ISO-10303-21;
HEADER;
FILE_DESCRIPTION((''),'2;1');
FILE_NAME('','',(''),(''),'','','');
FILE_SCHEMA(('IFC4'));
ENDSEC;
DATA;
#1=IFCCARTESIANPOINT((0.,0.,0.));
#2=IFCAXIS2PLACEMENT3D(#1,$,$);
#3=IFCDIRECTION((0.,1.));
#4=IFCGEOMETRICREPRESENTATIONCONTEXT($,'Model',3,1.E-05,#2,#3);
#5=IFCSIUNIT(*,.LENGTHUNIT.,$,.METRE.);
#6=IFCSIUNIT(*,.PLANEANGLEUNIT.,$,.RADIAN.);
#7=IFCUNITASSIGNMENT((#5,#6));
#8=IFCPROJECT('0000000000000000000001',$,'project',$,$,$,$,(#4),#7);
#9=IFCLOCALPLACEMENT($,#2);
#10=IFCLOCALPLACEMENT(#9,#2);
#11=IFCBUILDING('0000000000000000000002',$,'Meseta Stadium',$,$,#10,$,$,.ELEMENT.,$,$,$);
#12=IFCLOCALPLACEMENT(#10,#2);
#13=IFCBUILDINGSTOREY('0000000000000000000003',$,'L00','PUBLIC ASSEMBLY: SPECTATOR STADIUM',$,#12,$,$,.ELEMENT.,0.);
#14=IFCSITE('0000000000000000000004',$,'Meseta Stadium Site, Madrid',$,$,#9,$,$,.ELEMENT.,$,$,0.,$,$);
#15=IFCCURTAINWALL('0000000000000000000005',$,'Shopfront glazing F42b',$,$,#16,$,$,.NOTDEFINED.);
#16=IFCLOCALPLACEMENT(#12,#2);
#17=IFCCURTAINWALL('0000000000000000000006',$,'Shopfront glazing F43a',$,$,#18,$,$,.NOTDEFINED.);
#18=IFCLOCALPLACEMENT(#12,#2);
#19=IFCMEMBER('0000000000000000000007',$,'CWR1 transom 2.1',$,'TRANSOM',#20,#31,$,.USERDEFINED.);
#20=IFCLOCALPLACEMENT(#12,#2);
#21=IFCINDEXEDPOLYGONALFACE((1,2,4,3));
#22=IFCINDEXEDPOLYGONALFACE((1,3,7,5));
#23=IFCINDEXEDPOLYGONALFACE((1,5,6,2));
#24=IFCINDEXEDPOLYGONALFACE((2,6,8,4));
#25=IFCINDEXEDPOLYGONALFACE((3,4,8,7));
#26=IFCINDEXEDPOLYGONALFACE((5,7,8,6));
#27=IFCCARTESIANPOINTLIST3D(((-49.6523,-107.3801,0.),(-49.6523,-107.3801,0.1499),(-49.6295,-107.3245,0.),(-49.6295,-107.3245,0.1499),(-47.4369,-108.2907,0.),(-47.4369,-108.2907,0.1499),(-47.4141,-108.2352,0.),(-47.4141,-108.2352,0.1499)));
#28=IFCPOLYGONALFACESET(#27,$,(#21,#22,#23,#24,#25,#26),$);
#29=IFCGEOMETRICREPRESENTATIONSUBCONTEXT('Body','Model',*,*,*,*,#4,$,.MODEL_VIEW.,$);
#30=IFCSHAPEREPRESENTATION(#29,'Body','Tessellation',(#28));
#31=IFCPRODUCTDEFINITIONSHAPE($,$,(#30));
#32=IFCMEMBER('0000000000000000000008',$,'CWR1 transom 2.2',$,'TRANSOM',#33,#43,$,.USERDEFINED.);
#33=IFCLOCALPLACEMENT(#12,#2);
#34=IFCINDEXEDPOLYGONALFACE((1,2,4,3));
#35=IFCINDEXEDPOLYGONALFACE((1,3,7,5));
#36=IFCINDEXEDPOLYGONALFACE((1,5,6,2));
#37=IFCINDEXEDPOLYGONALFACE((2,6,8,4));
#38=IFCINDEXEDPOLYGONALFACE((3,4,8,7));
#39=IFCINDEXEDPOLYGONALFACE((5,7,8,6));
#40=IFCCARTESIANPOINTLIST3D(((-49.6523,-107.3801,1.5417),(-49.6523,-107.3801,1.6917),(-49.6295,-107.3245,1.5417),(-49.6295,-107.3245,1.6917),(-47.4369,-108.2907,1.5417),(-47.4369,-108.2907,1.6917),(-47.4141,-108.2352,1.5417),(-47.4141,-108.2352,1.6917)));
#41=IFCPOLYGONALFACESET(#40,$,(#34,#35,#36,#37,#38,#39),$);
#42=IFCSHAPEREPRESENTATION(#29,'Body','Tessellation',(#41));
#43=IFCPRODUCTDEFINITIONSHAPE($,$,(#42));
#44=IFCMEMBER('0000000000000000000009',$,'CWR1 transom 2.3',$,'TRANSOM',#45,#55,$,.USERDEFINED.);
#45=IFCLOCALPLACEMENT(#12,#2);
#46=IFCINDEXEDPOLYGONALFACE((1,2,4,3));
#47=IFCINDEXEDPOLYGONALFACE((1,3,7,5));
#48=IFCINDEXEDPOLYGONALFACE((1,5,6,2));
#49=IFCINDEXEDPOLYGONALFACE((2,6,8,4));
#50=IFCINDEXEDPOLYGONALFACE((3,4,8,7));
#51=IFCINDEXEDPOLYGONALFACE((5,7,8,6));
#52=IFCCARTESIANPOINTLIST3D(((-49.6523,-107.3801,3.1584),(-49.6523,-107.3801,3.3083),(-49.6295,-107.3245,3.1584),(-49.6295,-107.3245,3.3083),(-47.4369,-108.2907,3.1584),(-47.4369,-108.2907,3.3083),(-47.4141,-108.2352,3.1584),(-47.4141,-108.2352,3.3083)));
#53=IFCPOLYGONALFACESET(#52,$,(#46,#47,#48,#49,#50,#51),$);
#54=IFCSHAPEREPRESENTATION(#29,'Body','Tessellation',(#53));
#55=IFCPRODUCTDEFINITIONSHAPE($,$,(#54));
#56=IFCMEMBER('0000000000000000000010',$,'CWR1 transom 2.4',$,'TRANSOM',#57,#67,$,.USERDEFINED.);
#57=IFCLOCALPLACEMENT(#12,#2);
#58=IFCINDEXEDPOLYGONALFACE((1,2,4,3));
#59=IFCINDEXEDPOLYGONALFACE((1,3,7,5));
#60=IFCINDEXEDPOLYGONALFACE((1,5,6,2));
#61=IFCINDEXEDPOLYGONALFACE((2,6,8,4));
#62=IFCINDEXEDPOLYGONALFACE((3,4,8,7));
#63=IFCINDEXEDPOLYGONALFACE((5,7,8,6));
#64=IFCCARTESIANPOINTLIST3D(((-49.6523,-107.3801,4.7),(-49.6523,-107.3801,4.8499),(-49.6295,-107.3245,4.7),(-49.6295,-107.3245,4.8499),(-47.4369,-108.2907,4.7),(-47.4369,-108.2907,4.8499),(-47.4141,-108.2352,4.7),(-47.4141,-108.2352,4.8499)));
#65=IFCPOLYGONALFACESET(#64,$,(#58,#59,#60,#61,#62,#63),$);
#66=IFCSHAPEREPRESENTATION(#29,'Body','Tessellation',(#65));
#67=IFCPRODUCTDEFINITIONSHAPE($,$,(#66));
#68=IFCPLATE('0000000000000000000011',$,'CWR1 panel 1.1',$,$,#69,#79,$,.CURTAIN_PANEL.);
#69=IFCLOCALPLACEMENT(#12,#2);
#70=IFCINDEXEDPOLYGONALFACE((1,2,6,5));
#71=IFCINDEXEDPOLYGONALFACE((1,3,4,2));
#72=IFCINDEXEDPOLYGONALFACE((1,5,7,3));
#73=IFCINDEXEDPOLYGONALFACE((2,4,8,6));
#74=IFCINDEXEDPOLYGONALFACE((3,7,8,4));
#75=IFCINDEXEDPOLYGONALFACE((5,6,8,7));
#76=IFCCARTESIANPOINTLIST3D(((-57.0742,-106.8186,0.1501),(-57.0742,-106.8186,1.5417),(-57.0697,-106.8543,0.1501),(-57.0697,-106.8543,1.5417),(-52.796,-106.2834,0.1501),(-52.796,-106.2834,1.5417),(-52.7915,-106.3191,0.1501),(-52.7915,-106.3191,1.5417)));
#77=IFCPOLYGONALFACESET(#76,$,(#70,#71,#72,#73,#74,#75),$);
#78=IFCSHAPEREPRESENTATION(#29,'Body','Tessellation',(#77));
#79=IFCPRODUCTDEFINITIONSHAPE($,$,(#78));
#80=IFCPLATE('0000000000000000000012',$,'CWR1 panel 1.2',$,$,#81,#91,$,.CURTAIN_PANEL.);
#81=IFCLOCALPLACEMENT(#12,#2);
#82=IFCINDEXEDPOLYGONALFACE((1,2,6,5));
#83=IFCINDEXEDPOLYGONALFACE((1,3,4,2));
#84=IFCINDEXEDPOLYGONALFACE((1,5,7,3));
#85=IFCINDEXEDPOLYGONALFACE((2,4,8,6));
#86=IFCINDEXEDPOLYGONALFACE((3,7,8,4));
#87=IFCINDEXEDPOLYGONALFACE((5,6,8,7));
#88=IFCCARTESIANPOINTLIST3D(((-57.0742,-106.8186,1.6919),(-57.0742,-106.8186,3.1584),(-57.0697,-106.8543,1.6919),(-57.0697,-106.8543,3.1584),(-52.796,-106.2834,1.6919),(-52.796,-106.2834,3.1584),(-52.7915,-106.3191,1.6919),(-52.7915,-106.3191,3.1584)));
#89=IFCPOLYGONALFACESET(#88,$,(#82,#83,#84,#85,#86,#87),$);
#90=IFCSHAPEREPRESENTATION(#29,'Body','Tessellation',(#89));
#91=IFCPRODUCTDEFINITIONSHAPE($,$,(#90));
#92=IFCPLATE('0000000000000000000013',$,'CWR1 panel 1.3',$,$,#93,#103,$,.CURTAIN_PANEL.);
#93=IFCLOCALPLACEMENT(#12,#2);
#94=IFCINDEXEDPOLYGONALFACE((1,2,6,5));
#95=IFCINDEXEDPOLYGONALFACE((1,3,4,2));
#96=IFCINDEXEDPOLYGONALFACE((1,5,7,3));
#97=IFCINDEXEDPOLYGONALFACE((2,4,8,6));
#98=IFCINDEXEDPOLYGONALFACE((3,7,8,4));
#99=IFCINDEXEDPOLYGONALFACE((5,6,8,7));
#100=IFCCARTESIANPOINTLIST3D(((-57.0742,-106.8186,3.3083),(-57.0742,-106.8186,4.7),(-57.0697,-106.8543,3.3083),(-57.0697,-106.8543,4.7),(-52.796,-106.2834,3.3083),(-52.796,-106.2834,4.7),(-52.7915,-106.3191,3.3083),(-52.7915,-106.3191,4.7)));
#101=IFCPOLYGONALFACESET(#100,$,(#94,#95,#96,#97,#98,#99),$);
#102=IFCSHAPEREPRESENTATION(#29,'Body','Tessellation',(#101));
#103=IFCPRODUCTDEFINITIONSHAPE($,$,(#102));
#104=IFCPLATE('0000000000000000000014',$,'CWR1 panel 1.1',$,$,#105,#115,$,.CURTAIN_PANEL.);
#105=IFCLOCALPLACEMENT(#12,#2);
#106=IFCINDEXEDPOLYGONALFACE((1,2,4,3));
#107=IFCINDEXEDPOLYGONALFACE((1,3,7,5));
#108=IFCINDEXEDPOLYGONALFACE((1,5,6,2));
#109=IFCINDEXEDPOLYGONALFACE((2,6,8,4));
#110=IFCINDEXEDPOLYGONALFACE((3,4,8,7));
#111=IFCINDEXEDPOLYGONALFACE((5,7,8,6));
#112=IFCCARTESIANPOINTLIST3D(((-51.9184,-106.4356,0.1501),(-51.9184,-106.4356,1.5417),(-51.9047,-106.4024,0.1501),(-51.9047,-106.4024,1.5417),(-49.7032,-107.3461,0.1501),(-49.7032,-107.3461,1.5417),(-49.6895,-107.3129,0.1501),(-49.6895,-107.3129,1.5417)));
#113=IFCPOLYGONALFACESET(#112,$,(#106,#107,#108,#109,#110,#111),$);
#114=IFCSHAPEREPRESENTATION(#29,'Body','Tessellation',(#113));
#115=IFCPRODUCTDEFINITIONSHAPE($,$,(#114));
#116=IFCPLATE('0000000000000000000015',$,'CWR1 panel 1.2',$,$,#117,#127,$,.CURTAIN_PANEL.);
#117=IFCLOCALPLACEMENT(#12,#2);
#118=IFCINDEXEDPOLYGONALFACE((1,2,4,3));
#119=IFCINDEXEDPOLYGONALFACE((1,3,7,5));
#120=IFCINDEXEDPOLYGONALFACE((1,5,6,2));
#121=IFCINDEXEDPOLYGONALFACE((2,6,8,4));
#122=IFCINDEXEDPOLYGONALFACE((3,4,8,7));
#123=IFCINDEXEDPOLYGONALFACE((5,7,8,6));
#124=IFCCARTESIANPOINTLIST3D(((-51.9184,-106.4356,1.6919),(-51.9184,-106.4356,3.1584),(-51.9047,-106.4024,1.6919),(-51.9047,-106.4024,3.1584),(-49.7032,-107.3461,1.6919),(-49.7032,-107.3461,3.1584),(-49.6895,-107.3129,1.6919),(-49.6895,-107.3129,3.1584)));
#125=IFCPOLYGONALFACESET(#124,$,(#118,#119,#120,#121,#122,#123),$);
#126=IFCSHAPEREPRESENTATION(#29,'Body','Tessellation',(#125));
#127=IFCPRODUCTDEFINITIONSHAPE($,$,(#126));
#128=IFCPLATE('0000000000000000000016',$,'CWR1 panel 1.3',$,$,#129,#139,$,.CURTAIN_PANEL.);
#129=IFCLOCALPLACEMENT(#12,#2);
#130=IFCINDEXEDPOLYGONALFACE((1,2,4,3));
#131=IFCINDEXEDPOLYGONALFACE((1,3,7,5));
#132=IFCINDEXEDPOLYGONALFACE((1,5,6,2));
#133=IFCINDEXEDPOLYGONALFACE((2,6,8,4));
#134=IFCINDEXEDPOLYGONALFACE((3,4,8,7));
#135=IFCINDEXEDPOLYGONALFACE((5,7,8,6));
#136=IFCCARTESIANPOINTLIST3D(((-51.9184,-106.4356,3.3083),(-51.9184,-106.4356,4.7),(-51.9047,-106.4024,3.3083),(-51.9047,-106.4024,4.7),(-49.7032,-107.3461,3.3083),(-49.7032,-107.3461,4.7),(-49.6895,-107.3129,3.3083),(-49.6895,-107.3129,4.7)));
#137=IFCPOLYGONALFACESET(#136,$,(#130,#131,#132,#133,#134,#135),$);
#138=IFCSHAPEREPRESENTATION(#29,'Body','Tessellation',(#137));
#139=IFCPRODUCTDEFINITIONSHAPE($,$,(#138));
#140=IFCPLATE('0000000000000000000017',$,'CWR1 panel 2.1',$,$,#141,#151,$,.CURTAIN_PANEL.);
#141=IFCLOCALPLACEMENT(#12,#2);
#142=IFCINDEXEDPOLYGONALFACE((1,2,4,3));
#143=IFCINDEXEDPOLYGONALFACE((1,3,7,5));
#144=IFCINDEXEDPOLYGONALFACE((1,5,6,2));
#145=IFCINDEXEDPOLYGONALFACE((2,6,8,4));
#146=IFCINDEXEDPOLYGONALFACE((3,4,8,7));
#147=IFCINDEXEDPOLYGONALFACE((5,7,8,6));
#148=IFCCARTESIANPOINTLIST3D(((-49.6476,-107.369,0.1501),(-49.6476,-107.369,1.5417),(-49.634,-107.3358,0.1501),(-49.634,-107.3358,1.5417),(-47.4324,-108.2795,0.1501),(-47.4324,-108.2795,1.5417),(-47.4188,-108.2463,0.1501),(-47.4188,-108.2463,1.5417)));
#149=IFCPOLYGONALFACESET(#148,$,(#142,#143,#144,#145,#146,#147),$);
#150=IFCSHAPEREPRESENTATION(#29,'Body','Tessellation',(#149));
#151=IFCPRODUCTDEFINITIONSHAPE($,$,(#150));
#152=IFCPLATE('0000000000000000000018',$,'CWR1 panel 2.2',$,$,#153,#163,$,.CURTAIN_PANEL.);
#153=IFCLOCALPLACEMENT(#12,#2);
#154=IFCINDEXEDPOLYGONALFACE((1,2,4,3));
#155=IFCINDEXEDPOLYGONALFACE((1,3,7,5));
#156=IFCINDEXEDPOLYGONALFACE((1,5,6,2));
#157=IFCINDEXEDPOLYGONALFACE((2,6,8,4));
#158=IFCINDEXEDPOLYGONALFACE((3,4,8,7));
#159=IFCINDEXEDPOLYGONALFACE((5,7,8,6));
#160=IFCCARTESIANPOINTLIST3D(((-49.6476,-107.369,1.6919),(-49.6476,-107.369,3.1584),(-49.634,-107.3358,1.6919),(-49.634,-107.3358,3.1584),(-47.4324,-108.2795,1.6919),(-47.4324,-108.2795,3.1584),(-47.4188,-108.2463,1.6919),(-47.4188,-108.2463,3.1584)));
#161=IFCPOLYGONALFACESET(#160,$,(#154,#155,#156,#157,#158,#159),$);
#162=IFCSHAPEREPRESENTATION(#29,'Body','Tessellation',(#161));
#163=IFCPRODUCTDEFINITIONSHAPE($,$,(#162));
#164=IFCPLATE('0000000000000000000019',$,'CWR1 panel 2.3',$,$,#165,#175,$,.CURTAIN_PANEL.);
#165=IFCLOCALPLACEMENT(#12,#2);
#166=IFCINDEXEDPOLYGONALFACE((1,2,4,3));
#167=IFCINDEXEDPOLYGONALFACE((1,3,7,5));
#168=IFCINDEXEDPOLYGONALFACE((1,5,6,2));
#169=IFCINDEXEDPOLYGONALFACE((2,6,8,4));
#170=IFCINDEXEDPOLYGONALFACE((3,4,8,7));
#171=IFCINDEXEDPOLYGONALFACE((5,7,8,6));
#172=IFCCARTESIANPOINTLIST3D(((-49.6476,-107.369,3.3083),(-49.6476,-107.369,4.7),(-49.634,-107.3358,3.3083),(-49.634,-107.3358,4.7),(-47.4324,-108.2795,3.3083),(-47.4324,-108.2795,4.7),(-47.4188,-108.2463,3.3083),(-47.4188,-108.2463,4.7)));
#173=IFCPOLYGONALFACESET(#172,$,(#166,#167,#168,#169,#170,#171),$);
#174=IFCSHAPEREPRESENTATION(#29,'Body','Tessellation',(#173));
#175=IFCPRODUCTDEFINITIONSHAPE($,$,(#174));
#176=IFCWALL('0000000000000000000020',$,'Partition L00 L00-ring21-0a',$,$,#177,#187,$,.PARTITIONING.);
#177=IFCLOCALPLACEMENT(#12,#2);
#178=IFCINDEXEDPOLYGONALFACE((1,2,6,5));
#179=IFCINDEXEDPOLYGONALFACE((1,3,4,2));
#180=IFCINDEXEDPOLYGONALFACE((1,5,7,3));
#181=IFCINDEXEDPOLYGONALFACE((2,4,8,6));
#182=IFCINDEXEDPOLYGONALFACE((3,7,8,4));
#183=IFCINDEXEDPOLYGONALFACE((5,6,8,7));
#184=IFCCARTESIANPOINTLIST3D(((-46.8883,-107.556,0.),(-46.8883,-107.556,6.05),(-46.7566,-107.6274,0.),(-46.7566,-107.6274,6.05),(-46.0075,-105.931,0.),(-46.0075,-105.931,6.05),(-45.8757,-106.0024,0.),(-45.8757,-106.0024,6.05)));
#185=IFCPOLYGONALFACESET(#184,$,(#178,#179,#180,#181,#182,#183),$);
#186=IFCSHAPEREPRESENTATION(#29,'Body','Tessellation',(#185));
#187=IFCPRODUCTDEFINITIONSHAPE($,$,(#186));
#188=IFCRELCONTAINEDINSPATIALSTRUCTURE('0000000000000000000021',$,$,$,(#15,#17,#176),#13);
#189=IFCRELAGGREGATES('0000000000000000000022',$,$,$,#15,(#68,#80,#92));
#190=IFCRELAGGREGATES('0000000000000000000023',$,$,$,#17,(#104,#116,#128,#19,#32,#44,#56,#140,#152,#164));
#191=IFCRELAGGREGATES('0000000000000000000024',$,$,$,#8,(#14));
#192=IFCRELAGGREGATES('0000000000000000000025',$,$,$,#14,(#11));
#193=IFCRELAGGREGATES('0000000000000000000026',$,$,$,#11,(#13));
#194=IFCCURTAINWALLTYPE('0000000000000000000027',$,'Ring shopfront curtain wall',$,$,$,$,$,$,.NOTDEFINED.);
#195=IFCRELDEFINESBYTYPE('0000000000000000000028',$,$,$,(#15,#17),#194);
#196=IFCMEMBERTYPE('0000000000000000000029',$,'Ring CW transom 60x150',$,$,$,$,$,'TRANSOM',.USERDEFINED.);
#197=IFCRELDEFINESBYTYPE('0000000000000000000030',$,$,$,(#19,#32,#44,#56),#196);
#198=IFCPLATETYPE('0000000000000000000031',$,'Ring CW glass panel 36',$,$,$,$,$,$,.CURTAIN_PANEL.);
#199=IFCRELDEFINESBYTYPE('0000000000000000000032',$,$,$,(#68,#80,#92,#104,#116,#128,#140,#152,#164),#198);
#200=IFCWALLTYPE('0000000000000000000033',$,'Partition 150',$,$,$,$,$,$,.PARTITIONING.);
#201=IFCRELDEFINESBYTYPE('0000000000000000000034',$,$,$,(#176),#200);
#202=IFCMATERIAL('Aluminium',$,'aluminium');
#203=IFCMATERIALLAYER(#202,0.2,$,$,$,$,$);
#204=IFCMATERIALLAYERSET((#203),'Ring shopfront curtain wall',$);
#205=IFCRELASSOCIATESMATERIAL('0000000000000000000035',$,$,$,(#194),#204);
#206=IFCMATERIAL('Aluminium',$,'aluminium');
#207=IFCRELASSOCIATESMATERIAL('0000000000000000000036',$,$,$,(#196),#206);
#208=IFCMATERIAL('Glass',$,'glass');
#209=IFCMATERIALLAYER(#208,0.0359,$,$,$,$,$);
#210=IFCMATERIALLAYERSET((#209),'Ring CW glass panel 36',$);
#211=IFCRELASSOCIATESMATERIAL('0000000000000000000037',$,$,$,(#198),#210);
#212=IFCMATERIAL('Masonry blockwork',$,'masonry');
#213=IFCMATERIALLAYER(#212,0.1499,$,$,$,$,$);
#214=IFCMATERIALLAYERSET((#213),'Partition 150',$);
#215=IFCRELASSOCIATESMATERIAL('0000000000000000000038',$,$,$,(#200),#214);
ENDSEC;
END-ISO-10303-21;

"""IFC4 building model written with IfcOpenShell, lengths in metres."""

from ifc_helpers import new_model, si_unit, direction, frame, frame_2d, origin, origin_2d, place, context, subcontext, project, spatial, rectangle, extrude, material, layer, layer_set, material_profile, profile_set, type_object, element, aggregate, save


model = new_model("IFC4")

# Units and contexts
model_context = context("Model", 3, precision=1e-05, world=origin(), true_north=direction((0.0, 1.0)))
body_context = subcontext(model_context, "Body", "Model", "MODEL_VIEW")
ifc_project = project(units=[si_unit("LENGTHUNIT", "METRE"), si_unit("PLANEANGLEUNIT", "RADIAN")], contexts=[model_context])

# Site, building, storey
site_placement = place(None, origin())
site = spatial("IfcSite", under=ifc_project, at=site_placement, Name="Meseta Stadium Site, Madrid", CompositionType="ELEMENT", RefElevation=0.0)
building_placement = place(site_placement, origin())
building = spatial("IfcBuilding", under=site, at=building_placement, Name="Meseta Stadium", CompositionType="ELEMENT")
storey_placement = place(building_placement, origin())
storey = spatial("IfcBuildingStorey", under=building, at=storey_placement, Name="L00", Description="PUBLIC ASSEMBLY: SPECTATOR STADIUM", CompositionType="ELEMENT", Elevation=0.0)

# Curtain wall
ifc_material_1 = material(Name="Aluminium", Category="aluminium")
ifc_layer_1 = layer(ifc_material_1, 0.2)
ifc_layer_set_1 = layer_set([ifc_layer_1], Name="Ring shopfront curtain wall")
curtain_wall_type = type_object("IfcCurtainWallType", Name="Ring shopfront curtain wall", PredefinedType="NOTDEFINED", material=ifc_layer_set_1)
curtain_wall_1_placement = place(storey_placement, origin())
curtain_wall_1 = element("IfcCurtainWall", 1, at=curtain_wall_1_placement, inside=storey, type_object=curtain_wall_type, Name="Shopfront glazing F42b", PredefinedType="NOTDEFINED")

# Curtain wall, members
curtain_wall_2_placement = place(storey_placement, origin())
curtain_wall_2 = element("IfcCurtainWall", 2, at=curtain_wall_2_placement, inside=storey, type_object=curtain_wall_type, Name="Shopfront glazing F43a", PredefinedType="NOTDEFINED")
ifc_material_2 = material(Name="Aluminium", Category="aluminium")
ifc_material_profile_1 = material_profile(ifc_material_2, rectangle(XDim=0.0601, YDim=0.1499, at=origin_2d()), Name="CW 60x150")
ifc_profile_set_1 = profile_set([ifc_material_profile_1], Name="Aluminium")
member_type_1 = type_object("IfcMemberType", Name="Ring CW transom 60x150", ElementType="TRANSOM", PredefinedType="USERDEFINED", material=ifc_profile_set_1)
member_1_placement = place(storey_placement, frame((-49.6409, -107.3523, 0.075), z_axis=(0.924906, -0.380196, 0.0), x_axis=(0.380196, 0.924906, 0.0)))
member_1 = element("IfcMember", 3, at=member_1_placement, type_object=member_type_1, Name="CWR1 transom 2.1", ObjectType="TRANSOM", PredefinedType="USERDEFINED", context=body_context, shape_type="SweptSolid", body=[
    extrude(rectangle(XDim=0.0601, YDim=0.1499, at=origin_2d()), origin(), (0.0, 0.0, 1.0), 2.3953),
])
member_2_placement = place(storey_placement, frame((-49.6409, -107.3523, 1.6167), z_axis=(0.924906, -0.380196, 0.0), x_axis=(0.380196, 0.924906, 0.0)))
member_2 = element("IfcMember", 4, at=member_2_placement, type_object=member_type_1, Name="CWR1 transom 2.2", ObjectType="TRANSOM", PredefinedType="USERDEFINED", context=body_context, shape_type="SweptSolid", body=[
    extrude(rectangle(XDim=0.0601, YDim=0.1499, at=origin_2d()), origin(), (0.0, 0.0, 1.0), 2.3953),
])
member_3_placement = place(storey_placement, frame((-49.6409, -107.3523, 3.2334), z_axis=(0.924906, -0.380196, 0.0), x_axis=(0.380196, 0.924906, 0.0)))
member_3 = element("IfcMember", 5, at=member_3_placement, type_object=member_type_1, Name="CWR1 transom 2.3", ObjectType="TRANSOM", PredefinedType="USERDEFINED", context=body_context, shape_type="SweptSolid", body=[
    extrude(rectangle(XDim=0.0601, YDim=0.1499, at=origin_2d()), origin(), (0.0, 0.0, 1.0), 2.3953),
])
member_4_placement = place(storey_placement, frame((-49.6409, -107.3523, 4.7749), z_axis=(0.924906, -0.380196, 0.0), x_axis=(0.380196, 0.924906, 0.0)))
member_4 = element("IfcMember", 6, at=member_4_placement, type_object=member_type_1, Name="CWR1 transom 2.4", ObjectType="TRANSOM", PredefinedType="USERDEFINED", context=body_context, shape_type="SweptSolid", body=[
    extrude(rectangle(XDim=0.0601, YDim=0.1499, at=origin_2d()), origin(), (0.0, 0.0, 1.0), 2.3953),
])

# Plates
ifc_material_3 = material(Name="Glass", Category="glass")
ifc_layer_2 = layer(ifc_material_3, 0.0359)
ifc_layer_set_2 = layer_set([ifc_layer_2], Name="Ring CW glass panel 36")
plate_type = type_object("IfcPlateType", Name="Ring CW glass panel 36", PredefinedType="CURTAIN_PANEL", material=ifc_layer_set_2)
plate_1_placement = place(storey_placement, frame((-54.9329, -106.5688, 0.1501), z_axis=(0.0, 0.0, 1.0), x_axis=(0.992266, 0.124132, 0.0)))
plate_1 = element("IfcPlate", 7, at=plate_1_placement, type_object=plate_type, Name="CWR1 panel 1.1", PredefinedType="CURTAIN_PANEL", context=body_context, shape_type="SweptSolid", body=[
    extrude(rectangle(XDim=4.3115, YDim=0.0359, at=origin_2d()), origin(), (0.0, 0.0, 1.0), 1.3916),
])
plate_2_placement = place(storey_placement, frame((-54.9329, -106.5688, 1.6919), z_axis=(0.0, 0.0, 1.0), x_axis=(0.992266, 0.124132, 0.0)))
plate_2 = element("IfcPlate", 8, at=plate_2_placement, type_object=plate_type, Name="CWR1 panel 1.2", PredefinedType="CURTAIN_PANEL", context=body_context, shape_type="SweptSolid", body=[
    extrude(rectangle(XDim=4.3115, YDim=0.0359, at=origin_2d()), origin(), (0.0, 0.0, 1.0), 1.4666),
])
plate_3_placement = place(storey_placement, frame((-54.9329, -106.5688, 3.3083), z_axis=(0.0, 0.0, 1.0), x_axis=(0.992266, 0.124132, 0.0)))
plate_3 = element("IfcPlate", 9, at=plate_3_placement, type_object=plate_type, Name="CWR1 panel 1.3", PredefinedType="CURTAIN_PANEL", context=body_context, shape_type="SweptSolid", body=[
    extrude(rectangle(XDim=4.3115, YDim=0.0359, at=origin_2d()), origin(), (0.0, 0.0, 1.0), 1.3916),
])
aggregate(curtain_wall_1, [plate_1, plate_2, plate_3])
plate_4_placement = place(storey_placement, frame((-50.804, -106.8743, 0.1501), z_axis=(0.0, 0.0, 1.0), x_axis=(0.92492, -0.380161, 0.0)))
plate_4 = element("IfcPlate", 10, at=plate_4_placement, type_object=plate_type, Name="CWR1 panel 1.1", PredefinedType="CURTAIN_PANEL", context=body_context, shape_type="SweptSolid", body=[
    extrude(rectangle(XDim=2.395, YDim=0.0359, at=origin_2d()), origin(), (0.0, 0.0, 1.0), 1.3916),
])
plate_5_placement = place(storey_placement, frame((-50.804, -106.8743, 1.6919), z_axis=(0.0, 0.0, 1.0), x_axis=(0.92492, -0.380161, 0.0)))
plate_5 = element("IfcPlate", 11, at=plate_5_placement, type_object=plate_type, Name="CWR1 panel 1.2", PredefinedType="CURTAIN_PANEL", context=body_context, shape_type="SweptSolid", body=[
    extrude(rectangle(XDim=2.395, YDim=0.0359, at=origin_2d()), origin(), (0.0, 0.0, 1.0), 1.4666),
])
plate_6_placement = place(storey_placement, frame((-50.804, -106.8743, 3.3083), z_axis=(0.0, 0.0, 1.0), x_axis=(0.92492, -0.380161, 0.0)))
plate_6 = element("IfcPlate", 12, at=plate_6_placement, type_object=plate_type, Name="CWR1 panel 1.3", PredefinedType="CURTAIN_PANEL", context=body_context, shape_type="SweptSolid", body=[
    extrude(rectangle(XDim=2.395, YDim=0.0359, at=origin_2d()), origin(), (0.0, 0.0, 1.0), 1.3916),
])
plate_7_placement = place(storey_placement, frame((-48.5332, -107.8076, 0.1501), z_axis=(0.0, 0.0, 1.0), x_axis=(0.92492, -0.380161, 0.0)))
plate_7 = element("IfcPlate", 13, at=plate_7_placement, type_object=plate_type, Name="CWR1 panel 2.1", PredefinedType="CURTAIN_PANEL", context=body_context, shape_type="SweptSolid", body=[
    extrude(rectangle(XDim=2.395, YDim=0.0359, at=origin_2d()), origin(), (0.0, 0.0, 1.0), 1.3916),
])
plate_8_placement = place(storey_placement, frame((-48.5332, -107.8076, 1.6919), z_axis=(0.0, 0.0, 1.0), x_axis=(0.92492, -0.380161, 0.0)))
plate_8 = element("IfcPlate", 14, at=plate_8_placement, type_object=plate_type, Name="CWR1 panel 2.2", PredefinedType="CURTAIN_PANEL", context=body_context, shape_type="SweptSolid", body=[
    extrude(rectangle(XDim=2.395, YDim=0.0359, at=origin_2d()), origin(), (0.0, 0.0, 1.0), 1.4666),
])
plate_9_placement = place(storey_placement, frame((-48.5332, -107.8076, 3.3083), z_axis=(0.0, 0.0, 1.0), x_axis=(0.92492, -0.380161, 0.0)))
plate_9 = element("IfcPlate", 15, at=plate_9_placement, type_object=plate_type, Name="CWR1 panel 2.3", PredefinedType="CURTAIN_PANEL", context=body_context, shape_type="SweptSolid", body=[
    extrude(rectangle(XDim=2.395, YDim=0.0359, at=origin_2d()), origin(), (0.0, 0.0, 1.0), 1.3916),
])
aggregate(curtain_wall_2, [plate_4, plate_5, plate_6, member_1, member_2, member_3, member_4, plate_7, plate_8, plate_9])

# Wall
ifc_material_4 = material(Name="Masonry blockwork", Category="masonry")
ifc_layer_3 = layer(ifc_material_4, 0.1499)
ifc_layer_set_3 = layer_set([ifc_layer_3], Name="Partition 150")
wall_type = type_object("IfcWallType", Name="Partition 150", PredefinedType="PARTITIONING", material=ifc_layer_set_3)
wall_1_placement = place(storey_placement, frame((-46.8225, -107.5918, 0.0), z_axis=(0.0, 0.0, 1.0), x_axis=(0.476555, 0.879144, 0.0)))
element("IfcWall", 16, at=wall_1_placement, inside=storey, type_object=wall_type, Name="Partition L00 L00-ring21-0a", PredefinedType="PARTITIONING", context=body_context, shape_type="SweptSolid", body=[
    extrude(rectangle(XDim=1.8484, YDim=0.1499, at=frame_2d((0.9243, 0.0))), origin(), (0.0, 0.0, 1.0), 6.05),
])

save(model, "model.ifc")
